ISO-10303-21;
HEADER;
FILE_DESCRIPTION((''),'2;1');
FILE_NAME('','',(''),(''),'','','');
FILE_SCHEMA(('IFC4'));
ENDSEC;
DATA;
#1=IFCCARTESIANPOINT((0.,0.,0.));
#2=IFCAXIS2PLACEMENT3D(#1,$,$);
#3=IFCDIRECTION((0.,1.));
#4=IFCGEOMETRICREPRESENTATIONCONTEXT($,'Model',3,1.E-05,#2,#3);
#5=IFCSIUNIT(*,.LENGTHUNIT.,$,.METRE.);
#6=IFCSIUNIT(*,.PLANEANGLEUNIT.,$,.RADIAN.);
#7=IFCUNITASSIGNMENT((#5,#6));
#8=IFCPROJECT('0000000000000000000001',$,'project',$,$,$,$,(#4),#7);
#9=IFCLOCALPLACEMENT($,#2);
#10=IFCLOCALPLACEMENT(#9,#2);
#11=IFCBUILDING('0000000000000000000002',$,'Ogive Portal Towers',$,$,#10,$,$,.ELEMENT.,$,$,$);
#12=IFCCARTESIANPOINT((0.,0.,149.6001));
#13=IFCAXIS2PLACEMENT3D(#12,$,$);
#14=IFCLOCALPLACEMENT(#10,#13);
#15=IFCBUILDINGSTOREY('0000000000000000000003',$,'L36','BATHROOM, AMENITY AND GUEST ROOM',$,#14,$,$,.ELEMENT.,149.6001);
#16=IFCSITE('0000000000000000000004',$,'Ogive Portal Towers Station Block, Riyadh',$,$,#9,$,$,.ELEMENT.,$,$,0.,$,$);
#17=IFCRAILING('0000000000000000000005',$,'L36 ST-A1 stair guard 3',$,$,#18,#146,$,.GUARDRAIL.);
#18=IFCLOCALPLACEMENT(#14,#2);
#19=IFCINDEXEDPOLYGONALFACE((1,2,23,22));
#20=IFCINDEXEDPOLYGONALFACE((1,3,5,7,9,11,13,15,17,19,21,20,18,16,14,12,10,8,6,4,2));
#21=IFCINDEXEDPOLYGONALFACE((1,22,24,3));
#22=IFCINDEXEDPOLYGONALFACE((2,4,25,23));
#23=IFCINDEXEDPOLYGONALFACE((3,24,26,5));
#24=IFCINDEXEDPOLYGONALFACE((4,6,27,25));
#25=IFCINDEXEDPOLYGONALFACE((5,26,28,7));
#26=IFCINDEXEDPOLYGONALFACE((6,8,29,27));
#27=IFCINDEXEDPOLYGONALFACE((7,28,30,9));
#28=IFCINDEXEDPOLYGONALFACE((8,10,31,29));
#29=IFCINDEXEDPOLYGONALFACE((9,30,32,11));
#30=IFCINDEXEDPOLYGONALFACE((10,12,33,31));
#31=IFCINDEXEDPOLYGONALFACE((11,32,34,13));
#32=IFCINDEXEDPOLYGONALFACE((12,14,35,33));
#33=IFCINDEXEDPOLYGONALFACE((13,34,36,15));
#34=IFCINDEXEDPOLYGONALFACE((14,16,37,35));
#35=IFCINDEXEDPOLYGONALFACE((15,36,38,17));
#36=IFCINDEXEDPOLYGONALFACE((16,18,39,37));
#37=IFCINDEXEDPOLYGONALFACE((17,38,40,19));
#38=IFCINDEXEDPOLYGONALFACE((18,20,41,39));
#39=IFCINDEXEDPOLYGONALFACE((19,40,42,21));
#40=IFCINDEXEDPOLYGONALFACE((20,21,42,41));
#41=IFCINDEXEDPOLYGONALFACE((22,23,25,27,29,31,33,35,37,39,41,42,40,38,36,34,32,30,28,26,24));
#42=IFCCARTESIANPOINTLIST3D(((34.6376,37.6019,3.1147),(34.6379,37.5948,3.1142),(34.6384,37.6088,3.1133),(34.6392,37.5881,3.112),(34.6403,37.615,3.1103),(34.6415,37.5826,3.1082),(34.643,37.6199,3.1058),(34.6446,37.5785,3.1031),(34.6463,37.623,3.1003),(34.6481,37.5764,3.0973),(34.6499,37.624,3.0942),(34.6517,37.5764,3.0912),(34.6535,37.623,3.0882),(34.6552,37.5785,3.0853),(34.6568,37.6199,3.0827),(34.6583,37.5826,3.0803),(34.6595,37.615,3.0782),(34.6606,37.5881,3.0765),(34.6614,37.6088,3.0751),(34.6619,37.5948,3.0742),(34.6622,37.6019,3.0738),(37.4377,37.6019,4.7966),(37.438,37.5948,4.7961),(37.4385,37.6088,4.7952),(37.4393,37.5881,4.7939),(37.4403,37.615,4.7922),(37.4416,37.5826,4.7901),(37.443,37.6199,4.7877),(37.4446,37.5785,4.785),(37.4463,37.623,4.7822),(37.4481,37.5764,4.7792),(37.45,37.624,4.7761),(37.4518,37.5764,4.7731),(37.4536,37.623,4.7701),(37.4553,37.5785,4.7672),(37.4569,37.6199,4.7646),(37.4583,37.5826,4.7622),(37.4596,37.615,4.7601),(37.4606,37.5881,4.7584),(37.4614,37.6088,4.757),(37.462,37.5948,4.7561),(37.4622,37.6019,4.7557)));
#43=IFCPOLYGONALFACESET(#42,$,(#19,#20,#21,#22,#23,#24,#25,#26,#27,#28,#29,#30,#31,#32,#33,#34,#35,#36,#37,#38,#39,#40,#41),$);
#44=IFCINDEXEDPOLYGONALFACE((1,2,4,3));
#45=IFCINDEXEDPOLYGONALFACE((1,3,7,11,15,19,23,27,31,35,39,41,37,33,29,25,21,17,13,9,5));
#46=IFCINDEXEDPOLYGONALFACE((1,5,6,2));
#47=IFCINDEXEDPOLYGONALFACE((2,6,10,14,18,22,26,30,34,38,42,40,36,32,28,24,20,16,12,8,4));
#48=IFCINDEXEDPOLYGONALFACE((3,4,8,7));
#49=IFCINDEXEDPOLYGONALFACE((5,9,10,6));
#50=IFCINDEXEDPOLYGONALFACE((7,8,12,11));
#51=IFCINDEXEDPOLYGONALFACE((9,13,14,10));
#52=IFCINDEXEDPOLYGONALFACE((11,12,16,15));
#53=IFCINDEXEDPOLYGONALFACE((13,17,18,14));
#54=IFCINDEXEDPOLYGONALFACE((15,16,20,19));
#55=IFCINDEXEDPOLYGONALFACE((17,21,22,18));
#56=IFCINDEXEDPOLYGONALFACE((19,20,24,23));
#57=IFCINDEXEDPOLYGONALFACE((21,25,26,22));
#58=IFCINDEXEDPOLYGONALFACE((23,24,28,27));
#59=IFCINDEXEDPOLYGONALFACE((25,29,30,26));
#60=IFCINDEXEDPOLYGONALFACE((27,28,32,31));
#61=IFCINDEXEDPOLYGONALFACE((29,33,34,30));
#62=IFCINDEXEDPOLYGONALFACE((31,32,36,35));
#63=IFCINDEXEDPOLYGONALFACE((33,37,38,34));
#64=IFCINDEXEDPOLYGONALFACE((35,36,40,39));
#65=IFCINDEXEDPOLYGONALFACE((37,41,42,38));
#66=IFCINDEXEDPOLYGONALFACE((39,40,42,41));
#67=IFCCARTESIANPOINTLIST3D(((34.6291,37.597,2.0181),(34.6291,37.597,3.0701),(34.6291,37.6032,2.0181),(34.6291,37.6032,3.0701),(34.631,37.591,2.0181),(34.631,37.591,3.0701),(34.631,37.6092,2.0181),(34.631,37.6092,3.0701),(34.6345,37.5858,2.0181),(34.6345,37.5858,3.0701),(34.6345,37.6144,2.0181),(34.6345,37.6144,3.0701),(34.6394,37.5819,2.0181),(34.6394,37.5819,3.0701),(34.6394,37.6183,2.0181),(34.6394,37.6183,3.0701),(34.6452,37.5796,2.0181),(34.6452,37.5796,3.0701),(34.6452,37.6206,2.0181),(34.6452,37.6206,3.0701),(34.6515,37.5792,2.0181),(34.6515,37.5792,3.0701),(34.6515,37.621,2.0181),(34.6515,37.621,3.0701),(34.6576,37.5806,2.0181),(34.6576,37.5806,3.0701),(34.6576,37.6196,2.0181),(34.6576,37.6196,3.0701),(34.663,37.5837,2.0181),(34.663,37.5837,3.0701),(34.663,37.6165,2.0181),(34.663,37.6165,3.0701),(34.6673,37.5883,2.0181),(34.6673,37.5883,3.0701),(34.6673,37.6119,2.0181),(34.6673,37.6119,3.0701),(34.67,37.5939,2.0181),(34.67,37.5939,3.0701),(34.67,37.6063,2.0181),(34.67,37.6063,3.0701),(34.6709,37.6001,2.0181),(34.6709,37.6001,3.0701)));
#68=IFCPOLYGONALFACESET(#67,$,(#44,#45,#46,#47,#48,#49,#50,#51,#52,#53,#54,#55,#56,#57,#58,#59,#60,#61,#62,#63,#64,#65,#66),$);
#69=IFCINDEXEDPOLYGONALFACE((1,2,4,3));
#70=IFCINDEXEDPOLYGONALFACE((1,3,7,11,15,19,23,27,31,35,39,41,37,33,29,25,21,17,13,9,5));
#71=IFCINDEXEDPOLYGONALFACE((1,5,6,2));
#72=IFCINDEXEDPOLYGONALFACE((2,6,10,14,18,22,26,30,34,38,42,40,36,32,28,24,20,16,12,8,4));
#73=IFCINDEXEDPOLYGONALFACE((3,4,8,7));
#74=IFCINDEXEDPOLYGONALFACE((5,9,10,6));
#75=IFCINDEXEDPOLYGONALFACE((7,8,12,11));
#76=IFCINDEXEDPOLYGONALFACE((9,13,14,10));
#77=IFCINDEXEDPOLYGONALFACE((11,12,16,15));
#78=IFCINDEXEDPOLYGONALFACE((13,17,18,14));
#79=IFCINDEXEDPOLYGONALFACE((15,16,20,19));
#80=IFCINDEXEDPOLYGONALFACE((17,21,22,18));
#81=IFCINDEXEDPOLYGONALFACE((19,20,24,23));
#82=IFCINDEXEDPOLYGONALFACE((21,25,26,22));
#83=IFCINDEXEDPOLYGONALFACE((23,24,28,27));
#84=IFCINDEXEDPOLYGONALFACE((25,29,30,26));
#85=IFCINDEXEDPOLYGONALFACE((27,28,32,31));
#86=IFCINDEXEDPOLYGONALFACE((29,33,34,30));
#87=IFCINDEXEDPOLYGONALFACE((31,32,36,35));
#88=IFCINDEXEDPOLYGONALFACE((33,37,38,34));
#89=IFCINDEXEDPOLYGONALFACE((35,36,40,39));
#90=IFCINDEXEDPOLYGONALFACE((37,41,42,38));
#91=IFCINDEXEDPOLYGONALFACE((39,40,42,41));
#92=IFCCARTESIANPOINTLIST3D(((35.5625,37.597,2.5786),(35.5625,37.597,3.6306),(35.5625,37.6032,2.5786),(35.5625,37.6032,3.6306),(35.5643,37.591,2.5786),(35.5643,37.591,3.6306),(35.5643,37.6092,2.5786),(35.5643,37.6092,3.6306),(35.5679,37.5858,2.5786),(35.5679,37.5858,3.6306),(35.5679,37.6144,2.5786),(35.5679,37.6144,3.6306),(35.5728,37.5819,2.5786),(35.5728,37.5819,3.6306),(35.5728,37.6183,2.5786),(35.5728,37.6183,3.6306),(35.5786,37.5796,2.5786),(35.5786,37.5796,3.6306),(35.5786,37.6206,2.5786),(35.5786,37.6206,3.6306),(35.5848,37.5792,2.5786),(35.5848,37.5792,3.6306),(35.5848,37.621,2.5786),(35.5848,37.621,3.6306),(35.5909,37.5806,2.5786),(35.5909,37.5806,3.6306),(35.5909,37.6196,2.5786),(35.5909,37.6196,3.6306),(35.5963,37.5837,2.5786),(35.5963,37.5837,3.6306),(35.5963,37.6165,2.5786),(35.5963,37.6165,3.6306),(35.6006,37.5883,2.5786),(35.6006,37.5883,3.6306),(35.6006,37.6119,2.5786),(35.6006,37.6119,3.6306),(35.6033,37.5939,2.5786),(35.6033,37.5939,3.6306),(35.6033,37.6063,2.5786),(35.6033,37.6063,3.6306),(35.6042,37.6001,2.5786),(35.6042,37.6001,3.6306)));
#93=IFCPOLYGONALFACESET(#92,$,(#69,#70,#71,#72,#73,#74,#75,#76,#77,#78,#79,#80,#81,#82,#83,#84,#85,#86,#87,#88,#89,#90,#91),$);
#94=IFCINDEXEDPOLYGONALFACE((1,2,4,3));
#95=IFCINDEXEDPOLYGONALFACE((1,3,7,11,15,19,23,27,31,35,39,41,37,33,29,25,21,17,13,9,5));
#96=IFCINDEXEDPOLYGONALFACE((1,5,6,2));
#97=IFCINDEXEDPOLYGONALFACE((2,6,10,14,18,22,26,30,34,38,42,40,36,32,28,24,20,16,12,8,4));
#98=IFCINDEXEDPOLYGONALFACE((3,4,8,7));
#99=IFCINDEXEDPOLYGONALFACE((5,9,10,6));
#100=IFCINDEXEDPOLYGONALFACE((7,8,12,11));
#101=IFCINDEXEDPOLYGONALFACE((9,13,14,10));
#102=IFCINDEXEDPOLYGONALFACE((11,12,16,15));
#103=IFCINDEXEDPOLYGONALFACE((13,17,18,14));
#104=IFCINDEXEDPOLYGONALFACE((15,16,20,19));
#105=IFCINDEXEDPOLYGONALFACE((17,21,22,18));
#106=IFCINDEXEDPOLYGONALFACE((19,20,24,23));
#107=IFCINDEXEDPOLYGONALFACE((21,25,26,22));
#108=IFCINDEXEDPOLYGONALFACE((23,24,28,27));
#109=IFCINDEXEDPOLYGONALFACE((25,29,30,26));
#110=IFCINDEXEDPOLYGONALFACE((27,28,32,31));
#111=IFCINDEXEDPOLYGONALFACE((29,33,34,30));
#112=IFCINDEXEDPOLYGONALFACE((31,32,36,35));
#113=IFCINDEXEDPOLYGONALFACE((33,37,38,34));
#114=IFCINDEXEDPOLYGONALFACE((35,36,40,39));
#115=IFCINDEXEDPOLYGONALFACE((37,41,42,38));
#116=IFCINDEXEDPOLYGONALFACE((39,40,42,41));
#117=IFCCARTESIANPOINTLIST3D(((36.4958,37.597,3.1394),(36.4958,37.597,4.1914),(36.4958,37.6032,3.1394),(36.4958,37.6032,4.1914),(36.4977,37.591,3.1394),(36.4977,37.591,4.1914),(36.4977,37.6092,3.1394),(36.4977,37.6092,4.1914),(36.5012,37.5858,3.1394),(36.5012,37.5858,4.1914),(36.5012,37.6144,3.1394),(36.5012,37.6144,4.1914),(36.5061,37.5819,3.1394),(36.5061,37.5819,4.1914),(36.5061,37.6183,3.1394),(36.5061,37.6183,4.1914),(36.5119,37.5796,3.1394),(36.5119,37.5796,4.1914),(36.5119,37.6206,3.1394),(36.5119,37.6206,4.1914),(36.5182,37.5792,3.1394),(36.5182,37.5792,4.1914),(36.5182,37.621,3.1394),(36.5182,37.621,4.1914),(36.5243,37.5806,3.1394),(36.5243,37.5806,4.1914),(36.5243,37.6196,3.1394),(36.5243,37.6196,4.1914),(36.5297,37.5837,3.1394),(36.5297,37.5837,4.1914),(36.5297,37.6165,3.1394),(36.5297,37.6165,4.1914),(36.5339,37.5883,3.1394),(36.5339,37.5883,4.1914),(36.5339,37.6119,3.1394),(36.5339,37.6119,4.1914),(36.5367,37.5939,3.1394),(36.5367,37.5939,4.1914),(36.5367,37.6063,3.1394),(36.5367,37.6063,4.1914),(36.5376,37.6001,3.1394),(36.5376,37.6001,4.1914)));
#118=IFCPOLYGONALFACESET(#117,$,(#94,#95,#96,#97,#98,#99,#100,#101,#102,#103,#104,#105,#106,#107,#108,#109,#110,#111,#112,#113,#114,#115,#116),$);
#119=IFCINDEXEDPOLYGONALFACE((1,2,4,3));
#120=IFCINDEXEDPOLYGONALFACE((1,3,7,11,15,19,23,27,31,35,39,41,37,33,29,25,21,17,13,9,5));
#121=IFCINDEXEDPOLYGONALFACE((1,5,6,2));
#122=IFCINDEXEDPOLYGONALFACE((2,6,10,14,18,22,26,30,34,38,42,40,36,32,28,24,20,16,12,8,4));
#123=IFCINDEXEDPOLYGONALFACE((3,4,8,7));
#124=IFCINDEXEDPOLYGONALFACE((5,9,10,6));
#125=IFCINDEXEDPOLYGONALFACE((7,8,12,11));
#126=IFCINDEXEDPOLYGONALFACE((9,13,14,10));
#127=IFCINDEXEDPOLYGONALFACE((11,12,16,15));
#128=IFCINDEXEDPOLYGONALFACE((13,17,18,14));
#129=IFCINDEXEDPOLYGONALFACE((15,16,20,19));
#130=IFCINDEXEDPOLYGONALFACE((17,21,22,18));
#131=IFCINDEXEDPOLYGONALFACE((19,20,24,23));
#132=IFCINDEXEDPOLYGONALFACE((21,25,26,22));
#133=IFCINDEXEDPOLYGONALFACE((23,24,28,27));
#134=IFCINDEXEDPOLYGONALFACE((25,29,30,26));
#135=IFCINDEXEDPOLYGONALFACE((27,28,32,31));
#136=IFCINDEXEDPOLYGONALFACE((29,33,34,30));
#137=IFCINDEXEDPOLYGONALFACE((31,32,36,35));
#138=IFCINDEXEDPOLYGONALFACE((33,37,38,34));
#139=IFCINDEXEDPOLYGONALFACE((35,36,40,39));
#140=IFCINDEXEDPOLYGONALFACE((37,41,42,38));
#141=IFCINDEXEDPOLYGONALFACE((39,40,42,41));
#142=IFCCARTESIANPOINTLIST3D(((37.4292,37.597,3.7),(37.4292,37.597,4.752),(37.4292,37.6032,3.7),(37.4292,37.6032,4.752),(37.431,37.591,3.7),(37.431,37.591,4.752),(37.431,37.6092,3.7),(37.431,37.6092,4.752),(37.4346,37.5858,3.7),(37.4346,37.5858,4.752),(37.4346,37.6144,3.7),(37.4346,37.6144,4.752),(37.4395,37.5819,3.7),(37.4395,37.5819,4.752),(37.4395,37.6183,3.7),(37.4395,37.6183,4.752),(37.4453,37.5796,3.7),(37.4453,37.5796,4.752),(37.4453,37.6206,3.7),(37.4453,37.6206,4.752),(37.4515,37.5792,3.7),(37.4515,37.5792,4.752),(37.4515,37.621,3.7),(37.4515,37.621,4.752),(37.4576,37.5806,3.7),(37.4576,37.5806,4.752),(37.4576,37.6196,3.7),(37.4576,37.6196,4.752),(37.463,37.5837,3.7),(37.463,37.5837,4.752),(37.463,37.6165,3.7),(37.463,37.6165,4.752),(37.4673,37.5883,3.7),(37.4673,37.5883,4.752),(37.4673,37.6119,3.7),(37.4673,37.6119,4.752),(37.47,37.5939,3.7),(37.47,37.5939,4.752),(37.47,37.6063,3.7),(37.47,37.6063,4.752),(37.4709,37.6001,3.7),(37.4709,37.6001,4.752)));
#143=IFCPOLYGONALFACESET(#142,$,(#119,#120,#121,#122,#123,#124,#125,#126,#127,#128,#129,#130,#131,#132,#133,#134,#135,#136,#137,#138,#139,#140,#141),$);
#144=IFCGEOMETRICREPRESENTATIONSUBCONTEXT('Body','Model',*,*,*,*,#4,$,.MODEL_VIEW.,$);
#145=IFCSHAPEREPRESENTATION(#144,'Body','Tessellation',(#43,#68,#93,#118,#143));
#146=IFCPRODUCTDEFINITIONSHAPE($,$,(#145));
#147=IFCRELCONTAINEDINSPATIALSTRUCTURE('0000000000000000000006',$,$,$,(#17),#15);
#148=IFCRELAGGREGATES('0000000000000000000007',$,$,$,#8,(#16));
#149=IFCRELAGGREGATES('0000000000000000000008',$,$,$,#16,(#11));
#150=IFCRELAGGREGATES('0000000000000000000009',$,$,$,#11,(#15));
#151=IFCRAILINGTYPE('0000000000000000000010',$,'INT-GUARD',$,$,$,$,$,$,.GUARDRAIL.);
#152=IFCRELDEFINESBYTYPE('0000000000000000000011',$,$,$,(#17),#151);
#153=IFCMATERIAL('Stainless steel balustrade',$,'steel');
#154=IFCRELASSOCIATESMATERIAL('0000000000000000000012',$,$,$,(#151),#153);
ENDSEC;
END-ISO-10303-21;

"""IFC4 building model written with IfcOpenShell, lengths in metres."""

from ifc_helpers import new_model, si_unit, direction, frame, origin, origin_2d, place, context, subcontext, project, spatial, circle, extrude, material, type_object, element, save


model = new_model("IFC4")

# Units and contexts
model_context = context("Model", 3, precision=1e-05, world=origin(), true_north=direction((0.0, 1.0)))
body_context = subcontext(model_context, "Body", "Model", "MODEL_VIEW")
ifc_project = project(units=[si_unit("LENGTHUNIT", "METRE"), si_unit("PLANEANGLEUNIT", "RADIAN")], contexts=[model_context])

# Site, building, storey
site_placement = place(None, origin())
site = spatial("IfcSite", under=ifc_project, at=site_placement, Name="Ogive Portal Towers Station Block, Riyadh", CompositionType="ELEMENT", RefElevation=0.0)
building_placement = place(site_placement, origin())
building = spatial("IfcBuilding", under=site, at=building_placement, Name="Ogive Portal Towers", CompositionType="ELEMENT")
storey_placement = place(building_placement, frame((0.0, 0.0, 149.6001)))
storey = spatial("IfcBuildingStorey", under=building, at=storey_placement, Name="L36", Description="BATHROOM, AMENITY AND GUEST ROOM", CompositionType="ELEMENT", Elevation=149.6001)

# Railing
ifc_material_1 = material(Name="Stainless steel balustrade", Category="steel")
railing_type_1 = type_object("IfcRailingType", Name="INT-GUARD", PredefinedType="GUARDRAIL", material=ifc_material_1)
railing_1_placement = place(storey_placement, frame((34.6499, 37.6001, 2.0181)))
element("IfcRailing", 1, at=railing_1_placement, inside=storey, type_object=railing_type_1, Name="L36 ST-A1 stair guard 3", PredefinedType="GUARDRAIL", context=body_context, shape_type="SweptSolid", body=[
    extrude(circle(Radius=0.0239, at=origin_2d()), frame((0.0, 0.0, 1.0762), z_axis=(0.857242, 0.0, 0.514913), x_axis=(0.0, 1.0, 0.0)), (0.0, 0.0, 1.0), 3.2664),
    extrude(circle(Radius=0.021, at=origin_2d()), origin(), (0.0, 0.0, 1.0), 1.052),
    extrude(circle(Radius=0.021, at=origin_2d()), frame((0.9333, 0.0, 0.5605)), (0.0, 0.0, 1.0), 1.052),
    extrude(circle(Radius=0.021, at=origin_2d()), frame((1.8667, 0.0, 1.1213)), (0.0, 0.0, 1.0), 1.052),
    extrude(circle(Radius=0.021, at=origin_2d()), frame((2.8, 0.0, 1.6819)), (0.0, 0.0, 1.0), 1.052),
])

save(model, "model.ifc")
